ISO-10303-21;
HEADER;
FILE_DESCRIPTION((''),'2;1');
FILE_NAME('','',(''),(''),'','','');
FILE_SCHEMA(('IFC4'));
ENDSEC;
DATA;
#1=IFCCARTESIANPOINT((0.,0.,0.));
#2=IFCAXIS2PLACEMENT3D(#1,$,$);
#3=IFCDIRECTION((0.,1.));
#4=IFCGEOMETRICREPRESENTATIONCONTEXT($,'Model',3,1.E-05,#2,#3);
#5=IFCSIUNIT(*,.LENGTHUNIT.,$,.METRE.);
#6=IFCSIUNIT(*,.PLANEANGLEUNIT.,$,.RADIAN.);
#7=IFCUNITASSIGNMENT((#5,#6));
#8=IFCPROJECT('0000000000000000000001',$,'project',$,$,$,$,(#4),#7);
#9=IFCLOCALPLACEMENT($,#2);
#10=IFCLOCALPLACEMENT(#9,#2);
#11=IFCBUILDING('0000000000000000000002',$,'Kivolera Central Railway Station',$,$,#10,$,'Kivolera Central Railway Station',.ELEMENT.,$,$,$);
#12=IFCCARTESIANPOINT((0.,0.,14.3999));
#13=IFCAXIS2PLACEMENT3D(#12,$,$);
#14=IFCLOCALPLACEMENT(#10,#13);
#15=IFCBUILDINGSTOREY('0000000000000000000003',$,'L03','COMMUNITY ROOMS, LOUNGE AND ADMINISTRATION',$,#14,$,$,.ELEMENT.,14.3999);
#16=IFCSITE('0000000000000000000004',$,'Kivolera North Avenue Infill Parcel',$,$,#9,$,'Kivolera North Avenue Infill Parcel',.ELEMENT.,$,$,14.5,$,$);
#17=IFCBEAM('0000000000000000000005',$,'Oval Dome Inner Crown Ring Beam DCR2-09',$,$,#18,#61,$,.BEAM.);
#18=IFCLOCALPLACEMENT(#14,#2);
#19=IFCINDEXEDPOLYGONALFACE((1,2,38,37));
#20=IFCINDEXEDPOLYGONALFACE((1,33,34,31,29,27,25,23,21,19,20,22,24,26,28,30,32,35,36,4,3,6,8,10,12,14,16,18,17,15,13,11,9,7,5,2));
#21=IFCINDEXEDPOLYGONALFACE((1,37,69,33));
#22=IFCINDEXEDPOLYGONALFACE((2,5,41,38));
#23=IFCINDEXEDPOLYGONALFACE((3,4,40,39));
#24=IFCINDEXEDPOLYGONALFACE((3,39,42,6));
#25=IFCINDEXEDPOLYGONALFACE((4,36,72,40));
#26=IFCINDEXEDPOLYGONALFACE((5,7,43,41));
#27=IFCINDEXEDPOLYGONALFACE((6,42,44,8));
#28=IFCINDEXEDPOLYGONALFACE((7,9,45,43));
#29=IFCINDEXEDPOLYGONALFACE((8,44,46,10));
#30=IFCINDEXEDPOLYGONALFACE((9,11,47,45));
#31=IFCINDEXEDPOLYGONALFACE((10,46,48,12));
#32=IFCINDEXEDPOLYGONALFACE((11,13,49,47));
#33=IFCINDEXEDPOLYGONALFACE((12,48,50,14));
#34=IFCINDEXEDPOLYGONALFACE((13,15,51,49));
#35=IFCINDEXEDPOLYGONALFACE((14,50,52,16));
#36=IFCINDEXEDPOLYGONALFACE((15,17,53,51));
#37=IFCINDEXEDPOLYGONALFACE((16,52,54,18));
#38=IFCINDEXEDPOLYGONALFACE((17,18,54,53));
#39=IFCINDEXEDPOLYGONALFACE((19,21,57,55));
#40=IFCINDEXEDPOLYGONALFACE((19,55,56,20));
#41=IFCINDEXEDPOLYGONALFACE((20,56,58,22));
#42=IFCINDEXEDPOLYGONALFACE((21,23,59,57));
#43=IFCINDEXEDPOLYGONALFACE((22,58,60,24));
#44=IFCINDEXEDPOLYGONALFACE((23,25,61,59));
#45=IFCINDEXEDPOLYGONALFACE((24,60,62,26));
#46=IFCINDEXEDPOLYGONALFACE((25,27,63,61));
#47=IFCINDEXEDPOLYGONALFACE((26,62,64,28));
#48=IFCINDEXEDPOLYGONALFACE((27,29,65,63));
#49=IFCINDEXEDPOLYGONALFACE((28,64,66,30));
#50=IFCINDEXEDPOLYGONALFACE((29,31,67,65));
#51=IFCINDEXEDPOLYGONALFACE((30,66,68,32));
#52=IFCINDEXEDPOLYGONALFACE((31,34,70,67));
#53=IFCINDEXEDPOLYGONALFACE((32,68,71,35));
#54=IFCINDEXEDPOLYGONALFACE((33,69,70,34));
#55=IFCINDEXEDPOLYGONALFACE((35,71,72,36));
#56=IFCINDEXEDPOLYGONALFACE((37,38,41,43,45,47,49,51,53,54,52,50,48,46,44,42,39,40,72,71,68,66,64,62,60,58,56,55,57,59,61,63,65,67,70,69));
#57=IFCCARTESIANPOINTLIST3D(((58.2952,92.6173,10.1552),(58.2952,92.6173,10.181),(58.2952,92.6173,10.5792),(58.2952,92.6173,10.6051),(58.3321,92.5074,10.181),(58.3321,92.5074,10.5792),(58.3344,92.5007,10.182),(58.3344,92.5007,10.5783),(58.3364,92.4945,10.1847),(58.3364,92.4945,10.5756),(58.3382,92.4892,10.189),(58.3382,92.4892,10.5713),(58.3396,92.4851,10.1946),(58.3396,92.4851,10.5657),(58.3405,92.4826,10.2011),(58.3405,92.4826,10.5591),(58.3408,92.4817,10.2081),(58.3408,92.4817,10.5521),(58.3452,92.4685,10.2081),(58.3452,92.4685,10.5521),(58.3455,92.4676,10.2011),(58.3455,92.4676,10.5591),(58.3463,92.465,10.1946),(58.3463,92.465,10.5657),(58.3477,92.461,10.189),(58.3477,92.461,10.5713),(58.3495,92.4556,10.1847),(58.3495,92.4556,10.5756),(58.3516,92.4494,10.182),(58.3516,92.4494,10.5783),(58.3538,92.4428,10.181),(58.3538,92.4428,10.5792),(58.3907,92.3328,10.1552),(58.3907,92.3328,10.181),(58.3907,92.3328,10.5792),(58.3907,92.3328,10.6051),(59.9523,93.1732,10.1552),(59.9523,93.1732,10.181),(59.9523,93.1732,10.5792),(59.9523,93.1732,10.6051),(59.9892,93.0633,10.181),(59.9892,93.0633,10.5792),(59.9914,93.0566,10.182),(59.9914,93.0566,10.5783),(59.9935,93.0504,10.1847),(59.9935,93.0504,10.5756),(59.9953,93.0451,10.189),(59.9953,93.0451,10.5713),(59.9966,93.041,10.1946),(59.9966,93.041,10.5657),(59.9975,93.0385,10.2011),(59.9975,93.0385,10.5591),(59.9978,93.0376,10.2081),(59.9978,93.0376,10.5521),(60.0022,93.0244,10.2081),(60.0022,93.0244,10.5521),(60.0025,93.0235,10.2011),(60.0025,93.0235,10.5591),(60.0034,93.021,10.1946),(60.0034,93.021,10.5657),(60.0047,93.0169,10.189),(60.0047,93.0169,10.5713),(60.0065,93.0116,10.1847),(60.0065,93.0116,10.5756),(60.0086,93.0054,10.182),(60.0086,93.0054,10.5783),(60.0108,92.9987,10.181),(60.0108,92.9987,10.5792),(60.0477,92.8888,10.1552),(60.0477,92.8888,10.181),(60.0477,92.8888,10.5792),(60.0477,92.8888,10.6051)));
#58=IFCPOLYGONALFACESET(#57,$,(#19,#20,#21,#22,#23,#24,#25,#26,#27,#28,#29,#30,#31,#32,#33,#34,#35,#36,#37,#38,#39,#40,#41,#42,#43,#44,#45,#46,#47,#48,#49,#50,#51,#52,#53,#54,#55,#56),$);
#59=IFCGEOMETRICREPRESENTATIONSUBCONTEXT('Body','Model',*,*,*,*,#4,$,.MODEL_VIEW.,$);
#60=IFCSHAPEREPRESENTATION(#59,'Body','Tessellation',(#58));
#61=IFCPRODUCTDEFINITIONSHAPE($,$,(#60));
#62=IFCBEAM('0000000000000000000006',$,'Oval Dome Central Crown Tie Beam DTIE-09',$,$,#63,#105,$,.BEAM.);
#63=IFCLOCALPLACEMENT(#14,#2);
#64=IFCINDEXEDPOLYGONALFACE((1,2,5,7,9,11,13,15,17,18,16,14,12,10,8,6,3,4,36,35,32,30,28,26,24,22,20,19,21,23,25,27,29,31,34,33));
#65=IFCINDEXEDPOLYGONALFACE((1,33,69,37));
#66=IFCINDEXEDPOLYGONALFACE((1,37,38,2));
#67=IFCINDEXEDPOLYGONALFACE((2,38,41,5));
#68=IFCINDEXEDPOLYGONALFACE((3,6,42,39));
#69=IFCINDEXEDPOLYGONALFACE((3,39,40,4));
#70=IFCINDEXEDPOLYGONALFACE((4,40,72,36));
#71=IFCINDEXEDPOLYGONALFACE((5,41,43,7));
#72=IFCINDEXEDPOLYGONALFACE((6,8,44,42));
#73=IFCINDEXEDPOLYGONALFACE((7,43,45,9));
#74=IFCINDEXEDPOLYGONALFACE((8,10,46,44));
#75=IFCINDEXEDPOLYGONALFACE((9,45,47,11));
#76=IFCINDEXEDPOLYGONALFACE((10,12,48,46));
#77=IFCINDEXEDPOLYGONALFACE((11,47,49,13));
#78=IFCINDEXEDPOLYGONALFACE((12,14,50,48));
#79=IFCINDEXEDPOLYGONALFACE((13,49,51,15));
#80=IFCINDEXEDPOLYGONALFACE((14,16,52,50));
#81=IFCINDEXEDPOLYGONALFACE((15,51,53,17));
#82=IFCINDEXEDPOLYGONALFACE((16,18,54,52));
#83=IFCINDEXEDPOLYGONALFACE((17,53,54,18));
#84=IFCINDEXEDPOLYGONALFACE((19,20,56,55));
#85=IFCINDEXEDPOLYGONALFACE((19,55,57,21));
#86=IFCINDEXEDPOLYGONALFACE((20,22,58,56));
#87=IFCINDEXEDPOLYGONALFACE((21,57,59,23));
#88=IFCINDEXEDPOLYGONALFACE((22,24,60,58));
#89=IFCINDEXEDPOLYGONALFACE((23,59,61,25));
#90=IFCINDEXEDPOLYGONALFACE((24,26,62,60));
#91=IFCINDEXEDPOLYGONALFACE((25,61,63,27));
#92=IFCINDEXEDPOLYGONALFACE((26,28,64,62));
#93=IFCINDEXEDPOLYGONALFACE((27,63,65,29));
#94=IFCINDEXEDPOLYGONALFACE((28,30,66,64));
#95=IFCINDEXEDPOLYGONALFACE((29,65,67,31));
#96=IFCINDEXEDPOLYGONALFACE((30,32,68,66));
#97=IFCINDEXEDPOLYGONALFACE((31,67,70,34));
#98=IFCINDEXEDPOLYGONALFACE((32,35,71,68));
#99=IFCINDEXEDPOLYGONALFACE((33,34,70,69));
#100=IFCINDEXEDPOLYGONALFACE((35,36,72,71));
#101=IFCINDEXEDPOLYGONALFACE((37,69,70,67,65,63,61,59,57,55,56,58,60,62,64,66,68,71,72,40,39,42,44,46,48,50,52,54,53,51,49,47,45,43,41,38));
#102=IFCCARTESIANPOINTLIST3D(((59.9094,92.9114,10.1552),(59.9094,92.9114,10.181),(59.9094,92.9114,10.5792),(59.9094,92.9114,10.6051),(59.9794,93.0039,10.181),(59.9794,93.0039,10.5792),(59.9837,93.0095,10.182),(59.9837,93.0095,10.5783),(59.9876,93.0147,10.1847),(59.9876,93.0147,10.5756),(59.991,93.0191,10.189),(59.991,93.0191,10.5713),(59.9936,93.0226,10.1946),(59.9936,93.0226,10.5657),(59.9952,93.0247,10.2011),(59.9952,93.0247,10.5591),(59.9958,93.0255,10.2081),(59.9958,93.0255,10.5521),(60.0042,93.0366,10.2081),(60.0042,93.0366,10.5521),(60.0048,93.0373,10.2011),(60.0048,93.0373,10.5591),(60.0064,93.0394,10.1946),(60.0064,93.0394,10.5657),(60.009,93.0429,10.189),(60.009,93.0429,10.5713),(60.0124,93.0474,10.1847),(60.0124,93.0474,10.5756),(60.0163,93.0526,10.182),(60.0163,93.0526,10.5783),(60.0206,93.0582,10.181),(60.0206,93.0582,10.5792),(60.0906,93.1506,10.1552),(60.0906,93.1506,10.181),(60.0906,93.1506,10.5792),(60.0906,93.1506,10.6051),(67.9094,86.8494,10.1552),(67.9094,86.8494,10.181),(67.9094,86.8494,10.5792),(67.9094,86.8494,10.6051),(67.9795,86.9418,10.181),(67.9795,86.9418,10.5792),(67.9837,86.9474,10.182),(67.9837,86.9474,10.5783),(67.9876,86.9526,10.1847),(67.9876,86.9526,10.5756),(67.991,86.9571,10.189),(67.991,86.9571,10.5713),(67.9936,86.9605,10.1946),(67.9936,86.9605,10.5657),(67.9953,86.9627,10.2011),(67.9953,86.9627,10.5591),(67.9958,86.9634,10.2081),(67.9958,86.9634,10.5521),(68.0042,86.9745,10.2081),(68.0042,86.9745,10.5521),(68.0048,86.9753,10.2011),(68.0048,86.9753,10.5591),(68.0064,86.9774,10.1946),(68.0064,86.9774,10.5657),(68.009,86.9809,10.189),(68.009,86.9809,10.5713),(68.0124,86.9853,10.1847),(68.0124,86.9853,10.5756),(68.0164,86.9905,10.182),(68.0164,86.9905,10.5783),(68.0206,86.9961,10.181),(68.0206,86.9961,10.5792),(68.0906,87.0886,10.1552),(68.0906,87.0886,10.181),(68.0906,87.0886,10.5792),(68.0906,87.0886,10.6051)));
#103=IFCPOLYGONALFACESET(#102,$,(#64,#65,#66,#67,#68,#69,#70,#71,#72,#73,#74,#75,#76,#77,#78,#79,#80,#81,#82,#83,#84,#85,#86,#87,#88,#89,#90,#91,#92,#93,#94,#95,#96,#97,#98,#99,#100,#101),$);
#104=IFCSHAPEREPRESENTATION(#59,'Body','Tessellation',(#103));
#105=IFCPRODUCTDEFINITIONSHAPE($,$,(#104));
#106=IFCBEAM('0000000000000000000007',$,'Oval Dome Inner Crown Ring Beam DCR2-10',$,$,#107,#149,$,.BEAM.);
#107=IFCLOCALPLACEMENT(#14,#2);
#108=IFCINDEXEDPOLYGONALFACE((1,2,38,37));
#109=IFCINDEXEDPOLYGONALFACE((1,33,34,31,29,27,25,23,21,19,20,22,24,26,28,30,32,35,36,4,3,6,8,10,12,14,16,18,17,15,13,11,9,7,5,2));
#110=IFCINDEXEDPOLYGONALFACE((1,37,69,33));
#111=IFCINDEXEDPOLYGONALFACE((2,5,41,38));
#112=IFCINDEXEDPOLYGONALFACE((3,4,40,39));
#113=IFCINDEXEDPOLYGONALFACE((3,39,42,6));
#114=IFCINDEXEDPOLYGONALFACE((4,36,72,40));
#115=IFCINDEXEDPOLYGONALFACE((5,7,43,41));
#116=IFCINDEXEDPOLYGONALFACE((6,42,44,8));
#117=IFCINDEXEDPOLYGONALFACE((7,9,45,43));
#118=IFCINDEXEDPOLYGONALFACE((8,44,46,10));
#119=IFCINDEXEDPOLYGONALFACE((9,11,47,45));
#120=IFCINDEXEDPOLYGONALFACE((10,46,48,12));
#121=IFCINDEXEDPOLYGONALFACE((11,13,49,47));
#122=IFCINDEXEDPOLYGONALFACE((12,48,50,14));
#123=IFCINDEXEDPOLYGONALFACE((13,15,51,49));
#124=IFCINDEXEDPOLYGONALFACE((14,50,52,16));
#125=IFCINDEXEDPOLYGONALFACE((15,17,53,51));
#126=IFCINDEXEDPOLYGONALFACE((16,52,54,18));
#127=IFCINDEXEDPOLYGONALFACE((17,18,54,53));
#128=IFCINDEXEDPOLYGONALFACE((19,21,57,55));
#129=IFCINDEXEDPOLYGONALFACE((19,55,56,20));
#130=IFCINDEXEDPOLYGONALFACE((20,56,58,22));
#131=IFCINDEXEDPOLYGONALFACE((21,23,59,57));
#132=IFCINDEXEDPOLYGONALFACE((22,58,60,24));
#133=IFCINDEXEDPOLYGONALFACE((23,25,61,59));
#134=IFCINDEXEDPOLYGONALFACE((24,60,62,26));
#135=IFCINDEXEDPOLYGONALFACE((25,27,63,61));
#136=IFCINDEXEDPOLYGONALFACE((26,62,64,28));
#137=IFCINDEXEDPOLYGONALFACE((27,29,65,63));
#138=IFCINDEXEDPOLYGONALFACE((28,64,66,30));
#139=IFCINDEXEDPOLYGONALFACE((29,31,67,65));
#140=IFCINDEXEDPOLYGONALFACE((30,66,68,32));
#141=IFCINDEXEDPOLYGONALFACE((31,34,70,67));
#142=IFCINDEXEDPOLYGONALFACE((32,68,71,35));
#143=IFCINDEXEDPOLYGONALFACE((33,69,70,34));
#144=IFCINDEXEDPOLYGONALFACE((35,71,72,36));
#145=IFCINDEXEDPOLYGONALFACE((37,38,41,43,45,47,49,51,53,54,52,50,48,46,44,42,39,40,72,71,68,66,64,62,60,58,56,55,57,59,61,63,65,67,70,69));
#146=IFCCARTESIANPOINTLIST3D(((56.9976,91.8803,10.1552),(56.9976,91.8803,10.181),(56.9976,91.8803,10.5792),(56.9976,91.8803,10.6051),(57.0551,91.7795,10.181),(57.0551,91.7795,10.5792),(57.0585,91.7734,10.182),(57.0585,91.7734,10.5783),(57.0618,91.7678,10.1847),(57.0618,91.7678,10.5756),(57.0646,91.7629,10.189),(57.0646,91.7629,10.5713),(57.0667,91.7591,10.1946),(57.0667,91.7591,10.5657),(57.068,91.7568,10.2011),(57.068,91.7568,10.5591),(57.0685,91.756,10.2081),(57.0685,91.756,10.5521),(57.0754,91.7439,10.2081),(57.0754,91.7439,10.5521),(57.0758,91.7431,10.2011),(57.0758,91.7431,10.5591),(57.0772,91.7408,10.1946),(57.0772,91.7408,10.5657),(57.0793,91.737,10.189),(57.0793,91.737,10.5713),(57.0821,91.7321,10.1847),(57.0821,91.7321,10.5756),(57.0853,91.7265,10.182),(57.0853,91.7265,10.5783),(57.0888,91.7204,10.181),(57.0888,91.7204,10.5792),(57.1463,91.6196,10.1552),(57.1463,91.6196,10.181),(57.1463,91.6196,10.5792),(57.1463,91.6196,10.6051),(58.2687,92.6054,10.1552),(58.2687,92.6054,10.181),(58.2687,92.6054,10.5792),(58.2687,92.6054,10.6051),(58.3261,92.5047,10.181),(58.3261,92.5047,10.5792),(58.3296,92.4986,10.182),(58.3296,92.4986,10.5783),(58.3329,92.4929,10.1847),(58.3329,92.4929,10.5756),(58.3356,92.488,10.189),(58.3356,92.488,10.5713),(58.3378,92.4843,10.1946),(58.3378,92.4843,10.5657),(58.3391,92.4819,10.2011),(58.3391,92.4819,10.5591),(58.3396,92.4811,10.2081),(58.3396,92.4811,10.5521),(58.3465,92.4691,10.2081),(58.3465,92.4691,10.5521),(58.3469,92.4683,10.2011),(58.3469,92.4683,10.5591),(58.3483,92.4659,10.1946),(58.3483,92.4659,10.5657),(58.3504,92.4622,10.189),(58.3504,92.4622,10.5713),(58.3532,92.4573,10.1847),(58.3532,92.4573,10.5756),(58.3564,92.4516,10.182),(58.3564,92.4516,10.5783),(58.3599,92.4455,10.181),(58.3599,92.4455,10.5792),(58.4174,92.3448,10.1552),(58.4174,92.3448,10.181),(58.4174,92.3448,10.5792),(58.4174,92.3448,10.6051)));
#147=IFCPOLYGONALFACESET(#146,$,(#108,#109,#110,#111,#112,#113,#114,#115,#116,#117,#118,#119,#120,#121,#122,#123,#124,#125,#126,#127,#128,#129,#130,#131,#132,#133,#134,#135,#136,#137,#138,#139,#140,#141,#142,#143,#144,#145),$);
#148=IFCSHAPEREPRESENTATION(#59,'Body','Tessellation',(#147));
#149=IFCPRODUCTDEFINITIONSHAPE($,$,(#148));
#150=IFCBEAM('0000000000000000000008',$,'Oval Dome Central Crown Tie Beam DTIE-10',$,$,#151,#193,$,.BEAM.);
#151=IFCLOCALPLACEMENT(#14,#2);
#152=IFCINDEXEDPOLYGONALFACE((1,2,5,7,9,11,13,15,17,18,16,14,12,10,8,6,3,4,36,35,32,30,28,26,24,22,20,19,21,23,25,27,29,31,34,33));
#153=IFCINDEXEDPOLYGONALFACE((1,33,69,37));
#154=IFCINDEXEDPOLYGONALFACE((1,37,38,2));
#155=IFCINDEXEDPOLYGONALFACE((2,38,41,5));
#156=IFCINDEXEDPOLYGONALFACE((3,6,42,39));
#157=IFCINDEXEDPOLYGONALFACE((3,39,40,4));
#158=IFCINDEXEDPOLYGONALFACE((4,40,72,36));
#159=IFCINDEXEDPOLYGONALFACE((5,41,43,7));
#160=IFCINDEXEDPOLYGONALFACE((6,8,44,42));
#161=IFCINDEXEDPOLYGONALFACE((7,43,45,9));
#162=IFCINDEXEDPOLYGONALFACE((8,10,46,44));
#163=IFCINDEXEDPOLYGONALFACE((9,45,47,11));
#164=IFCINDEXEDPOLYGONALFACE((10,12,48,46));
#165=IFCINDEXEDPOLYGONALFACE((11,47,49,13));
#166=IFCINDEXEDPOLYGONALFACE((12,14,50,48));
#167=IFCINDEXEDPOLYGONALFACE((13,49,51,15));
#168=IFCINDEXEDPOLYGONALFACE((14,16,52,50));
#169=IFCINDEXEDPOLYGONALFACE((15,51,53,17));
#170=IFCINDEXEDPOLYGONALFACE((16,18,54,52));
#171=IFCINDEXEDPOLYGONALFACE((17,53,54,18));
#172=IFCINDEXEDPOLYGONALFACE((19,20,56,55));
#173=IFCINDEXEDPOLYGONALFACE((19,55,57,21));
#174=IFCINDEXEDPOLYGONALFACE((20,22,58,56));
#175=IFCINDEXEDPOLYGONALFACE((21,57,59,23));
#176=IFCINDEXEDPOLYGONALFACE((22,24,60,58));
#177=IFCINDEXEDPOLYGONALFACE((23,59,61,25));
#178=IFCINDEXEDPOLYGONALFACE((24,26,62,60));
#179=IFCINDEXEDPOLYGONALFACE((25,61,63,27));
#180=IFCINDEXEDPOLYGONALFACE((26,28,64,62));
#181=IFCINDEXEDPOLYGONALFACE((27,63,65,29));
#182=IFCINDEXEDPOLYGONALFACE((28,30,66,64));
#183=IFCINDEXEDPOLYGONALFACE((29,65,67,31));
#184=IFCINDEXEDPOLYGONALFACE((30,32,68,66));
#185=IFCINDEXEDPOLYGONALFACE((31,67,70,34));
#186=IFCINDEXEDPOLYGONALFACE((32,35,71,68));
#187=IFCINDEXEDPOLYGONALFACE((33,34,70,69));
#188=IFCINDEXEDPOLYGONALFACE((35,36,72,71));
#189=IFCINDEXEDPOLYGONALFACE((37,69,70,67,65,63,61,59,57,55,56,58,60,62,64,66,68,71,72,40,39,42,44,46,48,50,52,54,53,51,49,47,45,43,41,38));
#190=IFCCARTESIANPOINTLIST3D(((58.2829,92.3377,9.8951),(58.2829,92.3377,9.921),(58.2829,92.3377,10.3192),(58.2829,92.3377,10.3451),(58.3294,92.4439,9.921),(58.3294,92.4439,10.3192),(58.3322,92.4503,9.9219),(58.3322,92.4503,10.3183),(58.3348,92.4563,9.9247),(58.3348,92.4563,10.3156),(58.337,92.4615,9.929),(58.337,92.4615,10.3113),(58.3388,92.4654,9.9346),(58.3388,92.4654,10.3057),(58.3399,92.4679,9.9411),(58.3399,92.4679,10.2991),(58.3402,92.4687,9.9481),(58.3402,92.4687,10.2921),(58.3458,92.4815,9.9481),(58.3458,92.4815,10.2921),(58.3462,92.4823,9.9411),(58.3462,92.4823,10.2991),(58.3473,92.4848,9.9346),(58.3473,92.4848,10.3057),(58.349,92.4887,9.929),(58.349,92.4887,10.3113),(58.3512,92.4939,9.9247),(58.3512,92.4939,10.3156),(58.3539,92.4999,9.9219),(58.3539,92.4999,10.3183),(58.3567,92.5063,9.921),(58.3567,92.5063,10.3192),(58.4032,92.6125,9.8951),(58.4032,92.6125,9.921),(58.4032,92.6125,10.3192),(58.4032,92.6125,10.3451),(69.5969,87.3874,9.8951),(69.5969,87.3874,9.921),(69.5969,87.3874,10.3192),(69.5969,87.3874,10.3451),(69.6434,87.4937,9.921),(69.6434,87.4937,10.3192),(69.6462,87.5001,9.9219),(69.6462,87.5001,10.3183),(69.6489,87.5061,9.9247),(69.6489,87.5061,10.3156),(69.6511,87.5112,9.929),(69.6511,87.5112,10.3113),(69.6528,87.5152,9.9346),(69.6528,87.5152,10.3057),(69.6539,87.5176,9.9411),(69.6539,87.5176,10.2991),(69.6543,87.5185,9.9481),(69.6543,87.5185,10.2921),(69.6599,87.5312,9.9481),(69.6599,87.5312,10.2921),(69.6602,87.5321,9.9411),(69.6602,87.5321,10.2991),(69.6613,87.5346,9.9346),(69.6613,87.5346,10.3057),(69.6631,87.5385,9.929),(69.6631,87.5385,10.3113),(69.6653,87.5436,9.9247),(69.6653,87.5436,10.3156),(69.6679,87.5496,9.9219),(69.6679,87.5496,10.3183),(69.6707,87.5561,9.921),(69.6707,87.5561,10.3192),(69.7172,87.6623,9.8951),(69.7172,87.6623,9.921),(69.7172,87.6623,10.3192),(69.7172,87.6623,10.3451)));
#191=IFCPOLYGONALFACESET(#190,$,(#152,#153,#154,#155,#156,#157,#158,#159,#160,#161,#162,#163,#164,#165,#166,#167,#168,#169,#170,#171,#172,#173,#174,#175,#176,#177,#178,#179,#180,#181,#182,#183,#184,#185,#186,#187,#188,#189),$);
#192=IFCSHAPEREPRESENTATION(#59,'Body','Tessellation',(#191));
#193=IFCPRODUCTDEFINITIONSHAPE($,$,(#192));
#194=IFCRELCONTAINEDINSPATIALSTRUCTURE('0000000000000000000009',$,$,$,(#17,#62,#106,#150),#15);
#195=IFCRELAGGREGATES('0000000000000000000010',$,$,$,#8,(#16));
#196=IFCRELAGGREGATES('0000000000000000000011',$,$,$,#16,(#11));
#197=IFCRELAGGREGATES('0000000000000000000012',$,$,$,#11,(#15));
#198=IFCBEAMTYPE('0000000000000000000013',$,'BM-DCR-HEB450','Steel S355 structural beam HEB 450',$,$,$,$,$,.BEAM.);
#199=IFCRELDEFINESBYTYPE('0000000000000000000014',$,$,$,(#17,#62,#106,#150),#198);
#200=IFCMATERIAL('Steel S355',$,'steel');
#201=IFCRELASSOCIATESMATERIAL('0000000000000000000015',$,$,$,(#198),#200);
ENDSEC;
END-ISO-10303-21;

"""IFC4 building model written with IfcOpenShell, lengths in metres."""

from ifc_helpers import new_model, si_unit, direction, frame, origin, origin_2d, place, context, subcontext, project, spatial, i_section, extrude, material, material_profile, profile_set, type_object, element, save


model = new_model("IFC4")

# Units and contexts
model_context = context("Model", 3, precision=1e-05, world=origin(), true_north=direction((0.0, 1.0)))
body_context = subcontext(model_context, "Body", "Model", "MODEL_VIEW")
ifc_project = project(units=[si_unit("LENGTHUNIT", "METRE"), si_unit("PLANEANGLEUNIT", "RADIAN")], contexts=[model_context])

# Site, building, storey
site_placement = place(None, origin())
site = spatial("IfcSite", under=ifc_project, at=site_placement, Name="Kivolera North Avenue Infill Parcel", LongName="Kivolera North Avenue Infill Parcel", CompositionType="ELEMENT", RefElevation=14.5)
building_placement = place(site_placement, origin())
building = spatial("IfcBuilding", under=site, at=building_placement, Name="Kivolera Central Railway Station", LongName="Kivolera Central Railway Station", CompositionType="ELEMENT")
storey_placement = place(building_placement, frame((0.0, 0.0, 14.3999)))
storey = spatial("IfcBuildingStorey", under=building, at=storey_placement, Name="L03", Description="COMMUNITY ROOMS, LOUNGE AND ADMINISTRATION", CompositionType="ELEMENT", Elevation=14.3999)

# Beams
ifc_material_1 = material(Name="Steel S355", Category="steel")
ifc_material_profile_1 = material_profile(ifc_material_1, i_section(OverallWidth=0.3, OverallDepth=0.45, WebThickness=0.0139, FlangeThickness=0.0259, FilletRadius=0.0271, at=origin_2d()), Name="HEB 450")
ifc_profile_set_1 = profile_set([ifc_material_profile_1], Name="Steel S355")
beam_type = type_object("IfcBeamType", Name="BM-DCR-HEB450", Description="Steel S355 structural beam HEB 450", PredefinedType="BEAM", material=ifc_profile_set_1)
beam_1_placement = place(storey_placement, frame((60.0, 93.031, 10.3801), z_axis=(-0.948067, -0.318071, 0.0), x_axis=(0.318071, -0.948067, 0.0)))
element("IfcBeam", 1, at=beam_1_placement, inside=storey, type_object=beam_type, Name="Oval Dome Inner Crown Ring Beam DCR2-09", PredefinedType="BEAM", context=body_context, shape_type="SweptSolid", body=[
    extrude(i_section(OverallWidth=0.3, OverallDepth=0.45, WebThickness=0.0139, FlangeThickness=0.0259, FilletRadius=0.0271, at=origin_2d()), origin(), (0.0, 0.0, 1.0), 1.7478),
])
beam_2_placement = place(storey_placement, frame((60.0, 93.031, 10.3801), z_axis=(0.797025, -0.603947, 0.0), x_axis=(0.603947, 0.797025, 0.0)))
element("IfcBeam", 2, at=beam_2_placement, inside=storey, type_object=beam_type, Name="Oval Dome Central Crown Tie Beam DTIE-09", PredefinedType="BEAM", context=body_context, shape_type="SweptSolid", body=[
    extrude(i_section(OverallWidth=0.3, OverallDepth=0.45, WebThickness=0.0139, FlangeThickness=0.0259, FilletRadius=0.0271, at=origin_2d()), origin(), (0.0, 0.0, 1.0), 10.0374),
])
beam_3_placement = place(storey_placement, frame((58.343, 92.4751, 10.3801), z_axis=(-0.868592, -0.495528, 0.0), x_axis=(0.495528, -0.868592, 0.0)))
element("IfcBeam", 3, at=beam_3_placement, inside=storey, type_object=beam_type, Name="Oval Dome Inner Crown Ring Beam DCR2-10", PredefinedType="BEAM", context=body_context, shape_type="SweptSolid", body=[
    extrude(i_section(OverallWidth=0.3, OverallDepth=0.45, WebThickness=0.0139, FlangeThickness=0.0259, FilletRadius=0.0271, at=origin_2d()), origin(), (0.0, 0.0, 1.0), 1.4634),
])
beam_4_placement = place(storey_placement, frame((58.343, 92.4751, 10.1201), z_axis=(0.916147, -0.400842, 0.0), x_axis=(0.400842, 0.916147, 0.0)))
element("IfcBeam", 4, at=beam_4_placement, inside=storey, type_object=beam_type, Name="Oval Dome Central Crown Tie Beam DTIE-10", PredefinedType="BEAM", context=body_context, shape_type="SweptSolid", body=[
    extrude(i_section(OverallWidth=0.3, OverallDepth=0.45, WebThickness=0.0139, FlangeThickness=0.0259, FilletRadius=0.0271, at=origin_2d()), origin(), (0.0, 0.0, 1.0), 12.3496),
])

save(model, "model.ifc")
